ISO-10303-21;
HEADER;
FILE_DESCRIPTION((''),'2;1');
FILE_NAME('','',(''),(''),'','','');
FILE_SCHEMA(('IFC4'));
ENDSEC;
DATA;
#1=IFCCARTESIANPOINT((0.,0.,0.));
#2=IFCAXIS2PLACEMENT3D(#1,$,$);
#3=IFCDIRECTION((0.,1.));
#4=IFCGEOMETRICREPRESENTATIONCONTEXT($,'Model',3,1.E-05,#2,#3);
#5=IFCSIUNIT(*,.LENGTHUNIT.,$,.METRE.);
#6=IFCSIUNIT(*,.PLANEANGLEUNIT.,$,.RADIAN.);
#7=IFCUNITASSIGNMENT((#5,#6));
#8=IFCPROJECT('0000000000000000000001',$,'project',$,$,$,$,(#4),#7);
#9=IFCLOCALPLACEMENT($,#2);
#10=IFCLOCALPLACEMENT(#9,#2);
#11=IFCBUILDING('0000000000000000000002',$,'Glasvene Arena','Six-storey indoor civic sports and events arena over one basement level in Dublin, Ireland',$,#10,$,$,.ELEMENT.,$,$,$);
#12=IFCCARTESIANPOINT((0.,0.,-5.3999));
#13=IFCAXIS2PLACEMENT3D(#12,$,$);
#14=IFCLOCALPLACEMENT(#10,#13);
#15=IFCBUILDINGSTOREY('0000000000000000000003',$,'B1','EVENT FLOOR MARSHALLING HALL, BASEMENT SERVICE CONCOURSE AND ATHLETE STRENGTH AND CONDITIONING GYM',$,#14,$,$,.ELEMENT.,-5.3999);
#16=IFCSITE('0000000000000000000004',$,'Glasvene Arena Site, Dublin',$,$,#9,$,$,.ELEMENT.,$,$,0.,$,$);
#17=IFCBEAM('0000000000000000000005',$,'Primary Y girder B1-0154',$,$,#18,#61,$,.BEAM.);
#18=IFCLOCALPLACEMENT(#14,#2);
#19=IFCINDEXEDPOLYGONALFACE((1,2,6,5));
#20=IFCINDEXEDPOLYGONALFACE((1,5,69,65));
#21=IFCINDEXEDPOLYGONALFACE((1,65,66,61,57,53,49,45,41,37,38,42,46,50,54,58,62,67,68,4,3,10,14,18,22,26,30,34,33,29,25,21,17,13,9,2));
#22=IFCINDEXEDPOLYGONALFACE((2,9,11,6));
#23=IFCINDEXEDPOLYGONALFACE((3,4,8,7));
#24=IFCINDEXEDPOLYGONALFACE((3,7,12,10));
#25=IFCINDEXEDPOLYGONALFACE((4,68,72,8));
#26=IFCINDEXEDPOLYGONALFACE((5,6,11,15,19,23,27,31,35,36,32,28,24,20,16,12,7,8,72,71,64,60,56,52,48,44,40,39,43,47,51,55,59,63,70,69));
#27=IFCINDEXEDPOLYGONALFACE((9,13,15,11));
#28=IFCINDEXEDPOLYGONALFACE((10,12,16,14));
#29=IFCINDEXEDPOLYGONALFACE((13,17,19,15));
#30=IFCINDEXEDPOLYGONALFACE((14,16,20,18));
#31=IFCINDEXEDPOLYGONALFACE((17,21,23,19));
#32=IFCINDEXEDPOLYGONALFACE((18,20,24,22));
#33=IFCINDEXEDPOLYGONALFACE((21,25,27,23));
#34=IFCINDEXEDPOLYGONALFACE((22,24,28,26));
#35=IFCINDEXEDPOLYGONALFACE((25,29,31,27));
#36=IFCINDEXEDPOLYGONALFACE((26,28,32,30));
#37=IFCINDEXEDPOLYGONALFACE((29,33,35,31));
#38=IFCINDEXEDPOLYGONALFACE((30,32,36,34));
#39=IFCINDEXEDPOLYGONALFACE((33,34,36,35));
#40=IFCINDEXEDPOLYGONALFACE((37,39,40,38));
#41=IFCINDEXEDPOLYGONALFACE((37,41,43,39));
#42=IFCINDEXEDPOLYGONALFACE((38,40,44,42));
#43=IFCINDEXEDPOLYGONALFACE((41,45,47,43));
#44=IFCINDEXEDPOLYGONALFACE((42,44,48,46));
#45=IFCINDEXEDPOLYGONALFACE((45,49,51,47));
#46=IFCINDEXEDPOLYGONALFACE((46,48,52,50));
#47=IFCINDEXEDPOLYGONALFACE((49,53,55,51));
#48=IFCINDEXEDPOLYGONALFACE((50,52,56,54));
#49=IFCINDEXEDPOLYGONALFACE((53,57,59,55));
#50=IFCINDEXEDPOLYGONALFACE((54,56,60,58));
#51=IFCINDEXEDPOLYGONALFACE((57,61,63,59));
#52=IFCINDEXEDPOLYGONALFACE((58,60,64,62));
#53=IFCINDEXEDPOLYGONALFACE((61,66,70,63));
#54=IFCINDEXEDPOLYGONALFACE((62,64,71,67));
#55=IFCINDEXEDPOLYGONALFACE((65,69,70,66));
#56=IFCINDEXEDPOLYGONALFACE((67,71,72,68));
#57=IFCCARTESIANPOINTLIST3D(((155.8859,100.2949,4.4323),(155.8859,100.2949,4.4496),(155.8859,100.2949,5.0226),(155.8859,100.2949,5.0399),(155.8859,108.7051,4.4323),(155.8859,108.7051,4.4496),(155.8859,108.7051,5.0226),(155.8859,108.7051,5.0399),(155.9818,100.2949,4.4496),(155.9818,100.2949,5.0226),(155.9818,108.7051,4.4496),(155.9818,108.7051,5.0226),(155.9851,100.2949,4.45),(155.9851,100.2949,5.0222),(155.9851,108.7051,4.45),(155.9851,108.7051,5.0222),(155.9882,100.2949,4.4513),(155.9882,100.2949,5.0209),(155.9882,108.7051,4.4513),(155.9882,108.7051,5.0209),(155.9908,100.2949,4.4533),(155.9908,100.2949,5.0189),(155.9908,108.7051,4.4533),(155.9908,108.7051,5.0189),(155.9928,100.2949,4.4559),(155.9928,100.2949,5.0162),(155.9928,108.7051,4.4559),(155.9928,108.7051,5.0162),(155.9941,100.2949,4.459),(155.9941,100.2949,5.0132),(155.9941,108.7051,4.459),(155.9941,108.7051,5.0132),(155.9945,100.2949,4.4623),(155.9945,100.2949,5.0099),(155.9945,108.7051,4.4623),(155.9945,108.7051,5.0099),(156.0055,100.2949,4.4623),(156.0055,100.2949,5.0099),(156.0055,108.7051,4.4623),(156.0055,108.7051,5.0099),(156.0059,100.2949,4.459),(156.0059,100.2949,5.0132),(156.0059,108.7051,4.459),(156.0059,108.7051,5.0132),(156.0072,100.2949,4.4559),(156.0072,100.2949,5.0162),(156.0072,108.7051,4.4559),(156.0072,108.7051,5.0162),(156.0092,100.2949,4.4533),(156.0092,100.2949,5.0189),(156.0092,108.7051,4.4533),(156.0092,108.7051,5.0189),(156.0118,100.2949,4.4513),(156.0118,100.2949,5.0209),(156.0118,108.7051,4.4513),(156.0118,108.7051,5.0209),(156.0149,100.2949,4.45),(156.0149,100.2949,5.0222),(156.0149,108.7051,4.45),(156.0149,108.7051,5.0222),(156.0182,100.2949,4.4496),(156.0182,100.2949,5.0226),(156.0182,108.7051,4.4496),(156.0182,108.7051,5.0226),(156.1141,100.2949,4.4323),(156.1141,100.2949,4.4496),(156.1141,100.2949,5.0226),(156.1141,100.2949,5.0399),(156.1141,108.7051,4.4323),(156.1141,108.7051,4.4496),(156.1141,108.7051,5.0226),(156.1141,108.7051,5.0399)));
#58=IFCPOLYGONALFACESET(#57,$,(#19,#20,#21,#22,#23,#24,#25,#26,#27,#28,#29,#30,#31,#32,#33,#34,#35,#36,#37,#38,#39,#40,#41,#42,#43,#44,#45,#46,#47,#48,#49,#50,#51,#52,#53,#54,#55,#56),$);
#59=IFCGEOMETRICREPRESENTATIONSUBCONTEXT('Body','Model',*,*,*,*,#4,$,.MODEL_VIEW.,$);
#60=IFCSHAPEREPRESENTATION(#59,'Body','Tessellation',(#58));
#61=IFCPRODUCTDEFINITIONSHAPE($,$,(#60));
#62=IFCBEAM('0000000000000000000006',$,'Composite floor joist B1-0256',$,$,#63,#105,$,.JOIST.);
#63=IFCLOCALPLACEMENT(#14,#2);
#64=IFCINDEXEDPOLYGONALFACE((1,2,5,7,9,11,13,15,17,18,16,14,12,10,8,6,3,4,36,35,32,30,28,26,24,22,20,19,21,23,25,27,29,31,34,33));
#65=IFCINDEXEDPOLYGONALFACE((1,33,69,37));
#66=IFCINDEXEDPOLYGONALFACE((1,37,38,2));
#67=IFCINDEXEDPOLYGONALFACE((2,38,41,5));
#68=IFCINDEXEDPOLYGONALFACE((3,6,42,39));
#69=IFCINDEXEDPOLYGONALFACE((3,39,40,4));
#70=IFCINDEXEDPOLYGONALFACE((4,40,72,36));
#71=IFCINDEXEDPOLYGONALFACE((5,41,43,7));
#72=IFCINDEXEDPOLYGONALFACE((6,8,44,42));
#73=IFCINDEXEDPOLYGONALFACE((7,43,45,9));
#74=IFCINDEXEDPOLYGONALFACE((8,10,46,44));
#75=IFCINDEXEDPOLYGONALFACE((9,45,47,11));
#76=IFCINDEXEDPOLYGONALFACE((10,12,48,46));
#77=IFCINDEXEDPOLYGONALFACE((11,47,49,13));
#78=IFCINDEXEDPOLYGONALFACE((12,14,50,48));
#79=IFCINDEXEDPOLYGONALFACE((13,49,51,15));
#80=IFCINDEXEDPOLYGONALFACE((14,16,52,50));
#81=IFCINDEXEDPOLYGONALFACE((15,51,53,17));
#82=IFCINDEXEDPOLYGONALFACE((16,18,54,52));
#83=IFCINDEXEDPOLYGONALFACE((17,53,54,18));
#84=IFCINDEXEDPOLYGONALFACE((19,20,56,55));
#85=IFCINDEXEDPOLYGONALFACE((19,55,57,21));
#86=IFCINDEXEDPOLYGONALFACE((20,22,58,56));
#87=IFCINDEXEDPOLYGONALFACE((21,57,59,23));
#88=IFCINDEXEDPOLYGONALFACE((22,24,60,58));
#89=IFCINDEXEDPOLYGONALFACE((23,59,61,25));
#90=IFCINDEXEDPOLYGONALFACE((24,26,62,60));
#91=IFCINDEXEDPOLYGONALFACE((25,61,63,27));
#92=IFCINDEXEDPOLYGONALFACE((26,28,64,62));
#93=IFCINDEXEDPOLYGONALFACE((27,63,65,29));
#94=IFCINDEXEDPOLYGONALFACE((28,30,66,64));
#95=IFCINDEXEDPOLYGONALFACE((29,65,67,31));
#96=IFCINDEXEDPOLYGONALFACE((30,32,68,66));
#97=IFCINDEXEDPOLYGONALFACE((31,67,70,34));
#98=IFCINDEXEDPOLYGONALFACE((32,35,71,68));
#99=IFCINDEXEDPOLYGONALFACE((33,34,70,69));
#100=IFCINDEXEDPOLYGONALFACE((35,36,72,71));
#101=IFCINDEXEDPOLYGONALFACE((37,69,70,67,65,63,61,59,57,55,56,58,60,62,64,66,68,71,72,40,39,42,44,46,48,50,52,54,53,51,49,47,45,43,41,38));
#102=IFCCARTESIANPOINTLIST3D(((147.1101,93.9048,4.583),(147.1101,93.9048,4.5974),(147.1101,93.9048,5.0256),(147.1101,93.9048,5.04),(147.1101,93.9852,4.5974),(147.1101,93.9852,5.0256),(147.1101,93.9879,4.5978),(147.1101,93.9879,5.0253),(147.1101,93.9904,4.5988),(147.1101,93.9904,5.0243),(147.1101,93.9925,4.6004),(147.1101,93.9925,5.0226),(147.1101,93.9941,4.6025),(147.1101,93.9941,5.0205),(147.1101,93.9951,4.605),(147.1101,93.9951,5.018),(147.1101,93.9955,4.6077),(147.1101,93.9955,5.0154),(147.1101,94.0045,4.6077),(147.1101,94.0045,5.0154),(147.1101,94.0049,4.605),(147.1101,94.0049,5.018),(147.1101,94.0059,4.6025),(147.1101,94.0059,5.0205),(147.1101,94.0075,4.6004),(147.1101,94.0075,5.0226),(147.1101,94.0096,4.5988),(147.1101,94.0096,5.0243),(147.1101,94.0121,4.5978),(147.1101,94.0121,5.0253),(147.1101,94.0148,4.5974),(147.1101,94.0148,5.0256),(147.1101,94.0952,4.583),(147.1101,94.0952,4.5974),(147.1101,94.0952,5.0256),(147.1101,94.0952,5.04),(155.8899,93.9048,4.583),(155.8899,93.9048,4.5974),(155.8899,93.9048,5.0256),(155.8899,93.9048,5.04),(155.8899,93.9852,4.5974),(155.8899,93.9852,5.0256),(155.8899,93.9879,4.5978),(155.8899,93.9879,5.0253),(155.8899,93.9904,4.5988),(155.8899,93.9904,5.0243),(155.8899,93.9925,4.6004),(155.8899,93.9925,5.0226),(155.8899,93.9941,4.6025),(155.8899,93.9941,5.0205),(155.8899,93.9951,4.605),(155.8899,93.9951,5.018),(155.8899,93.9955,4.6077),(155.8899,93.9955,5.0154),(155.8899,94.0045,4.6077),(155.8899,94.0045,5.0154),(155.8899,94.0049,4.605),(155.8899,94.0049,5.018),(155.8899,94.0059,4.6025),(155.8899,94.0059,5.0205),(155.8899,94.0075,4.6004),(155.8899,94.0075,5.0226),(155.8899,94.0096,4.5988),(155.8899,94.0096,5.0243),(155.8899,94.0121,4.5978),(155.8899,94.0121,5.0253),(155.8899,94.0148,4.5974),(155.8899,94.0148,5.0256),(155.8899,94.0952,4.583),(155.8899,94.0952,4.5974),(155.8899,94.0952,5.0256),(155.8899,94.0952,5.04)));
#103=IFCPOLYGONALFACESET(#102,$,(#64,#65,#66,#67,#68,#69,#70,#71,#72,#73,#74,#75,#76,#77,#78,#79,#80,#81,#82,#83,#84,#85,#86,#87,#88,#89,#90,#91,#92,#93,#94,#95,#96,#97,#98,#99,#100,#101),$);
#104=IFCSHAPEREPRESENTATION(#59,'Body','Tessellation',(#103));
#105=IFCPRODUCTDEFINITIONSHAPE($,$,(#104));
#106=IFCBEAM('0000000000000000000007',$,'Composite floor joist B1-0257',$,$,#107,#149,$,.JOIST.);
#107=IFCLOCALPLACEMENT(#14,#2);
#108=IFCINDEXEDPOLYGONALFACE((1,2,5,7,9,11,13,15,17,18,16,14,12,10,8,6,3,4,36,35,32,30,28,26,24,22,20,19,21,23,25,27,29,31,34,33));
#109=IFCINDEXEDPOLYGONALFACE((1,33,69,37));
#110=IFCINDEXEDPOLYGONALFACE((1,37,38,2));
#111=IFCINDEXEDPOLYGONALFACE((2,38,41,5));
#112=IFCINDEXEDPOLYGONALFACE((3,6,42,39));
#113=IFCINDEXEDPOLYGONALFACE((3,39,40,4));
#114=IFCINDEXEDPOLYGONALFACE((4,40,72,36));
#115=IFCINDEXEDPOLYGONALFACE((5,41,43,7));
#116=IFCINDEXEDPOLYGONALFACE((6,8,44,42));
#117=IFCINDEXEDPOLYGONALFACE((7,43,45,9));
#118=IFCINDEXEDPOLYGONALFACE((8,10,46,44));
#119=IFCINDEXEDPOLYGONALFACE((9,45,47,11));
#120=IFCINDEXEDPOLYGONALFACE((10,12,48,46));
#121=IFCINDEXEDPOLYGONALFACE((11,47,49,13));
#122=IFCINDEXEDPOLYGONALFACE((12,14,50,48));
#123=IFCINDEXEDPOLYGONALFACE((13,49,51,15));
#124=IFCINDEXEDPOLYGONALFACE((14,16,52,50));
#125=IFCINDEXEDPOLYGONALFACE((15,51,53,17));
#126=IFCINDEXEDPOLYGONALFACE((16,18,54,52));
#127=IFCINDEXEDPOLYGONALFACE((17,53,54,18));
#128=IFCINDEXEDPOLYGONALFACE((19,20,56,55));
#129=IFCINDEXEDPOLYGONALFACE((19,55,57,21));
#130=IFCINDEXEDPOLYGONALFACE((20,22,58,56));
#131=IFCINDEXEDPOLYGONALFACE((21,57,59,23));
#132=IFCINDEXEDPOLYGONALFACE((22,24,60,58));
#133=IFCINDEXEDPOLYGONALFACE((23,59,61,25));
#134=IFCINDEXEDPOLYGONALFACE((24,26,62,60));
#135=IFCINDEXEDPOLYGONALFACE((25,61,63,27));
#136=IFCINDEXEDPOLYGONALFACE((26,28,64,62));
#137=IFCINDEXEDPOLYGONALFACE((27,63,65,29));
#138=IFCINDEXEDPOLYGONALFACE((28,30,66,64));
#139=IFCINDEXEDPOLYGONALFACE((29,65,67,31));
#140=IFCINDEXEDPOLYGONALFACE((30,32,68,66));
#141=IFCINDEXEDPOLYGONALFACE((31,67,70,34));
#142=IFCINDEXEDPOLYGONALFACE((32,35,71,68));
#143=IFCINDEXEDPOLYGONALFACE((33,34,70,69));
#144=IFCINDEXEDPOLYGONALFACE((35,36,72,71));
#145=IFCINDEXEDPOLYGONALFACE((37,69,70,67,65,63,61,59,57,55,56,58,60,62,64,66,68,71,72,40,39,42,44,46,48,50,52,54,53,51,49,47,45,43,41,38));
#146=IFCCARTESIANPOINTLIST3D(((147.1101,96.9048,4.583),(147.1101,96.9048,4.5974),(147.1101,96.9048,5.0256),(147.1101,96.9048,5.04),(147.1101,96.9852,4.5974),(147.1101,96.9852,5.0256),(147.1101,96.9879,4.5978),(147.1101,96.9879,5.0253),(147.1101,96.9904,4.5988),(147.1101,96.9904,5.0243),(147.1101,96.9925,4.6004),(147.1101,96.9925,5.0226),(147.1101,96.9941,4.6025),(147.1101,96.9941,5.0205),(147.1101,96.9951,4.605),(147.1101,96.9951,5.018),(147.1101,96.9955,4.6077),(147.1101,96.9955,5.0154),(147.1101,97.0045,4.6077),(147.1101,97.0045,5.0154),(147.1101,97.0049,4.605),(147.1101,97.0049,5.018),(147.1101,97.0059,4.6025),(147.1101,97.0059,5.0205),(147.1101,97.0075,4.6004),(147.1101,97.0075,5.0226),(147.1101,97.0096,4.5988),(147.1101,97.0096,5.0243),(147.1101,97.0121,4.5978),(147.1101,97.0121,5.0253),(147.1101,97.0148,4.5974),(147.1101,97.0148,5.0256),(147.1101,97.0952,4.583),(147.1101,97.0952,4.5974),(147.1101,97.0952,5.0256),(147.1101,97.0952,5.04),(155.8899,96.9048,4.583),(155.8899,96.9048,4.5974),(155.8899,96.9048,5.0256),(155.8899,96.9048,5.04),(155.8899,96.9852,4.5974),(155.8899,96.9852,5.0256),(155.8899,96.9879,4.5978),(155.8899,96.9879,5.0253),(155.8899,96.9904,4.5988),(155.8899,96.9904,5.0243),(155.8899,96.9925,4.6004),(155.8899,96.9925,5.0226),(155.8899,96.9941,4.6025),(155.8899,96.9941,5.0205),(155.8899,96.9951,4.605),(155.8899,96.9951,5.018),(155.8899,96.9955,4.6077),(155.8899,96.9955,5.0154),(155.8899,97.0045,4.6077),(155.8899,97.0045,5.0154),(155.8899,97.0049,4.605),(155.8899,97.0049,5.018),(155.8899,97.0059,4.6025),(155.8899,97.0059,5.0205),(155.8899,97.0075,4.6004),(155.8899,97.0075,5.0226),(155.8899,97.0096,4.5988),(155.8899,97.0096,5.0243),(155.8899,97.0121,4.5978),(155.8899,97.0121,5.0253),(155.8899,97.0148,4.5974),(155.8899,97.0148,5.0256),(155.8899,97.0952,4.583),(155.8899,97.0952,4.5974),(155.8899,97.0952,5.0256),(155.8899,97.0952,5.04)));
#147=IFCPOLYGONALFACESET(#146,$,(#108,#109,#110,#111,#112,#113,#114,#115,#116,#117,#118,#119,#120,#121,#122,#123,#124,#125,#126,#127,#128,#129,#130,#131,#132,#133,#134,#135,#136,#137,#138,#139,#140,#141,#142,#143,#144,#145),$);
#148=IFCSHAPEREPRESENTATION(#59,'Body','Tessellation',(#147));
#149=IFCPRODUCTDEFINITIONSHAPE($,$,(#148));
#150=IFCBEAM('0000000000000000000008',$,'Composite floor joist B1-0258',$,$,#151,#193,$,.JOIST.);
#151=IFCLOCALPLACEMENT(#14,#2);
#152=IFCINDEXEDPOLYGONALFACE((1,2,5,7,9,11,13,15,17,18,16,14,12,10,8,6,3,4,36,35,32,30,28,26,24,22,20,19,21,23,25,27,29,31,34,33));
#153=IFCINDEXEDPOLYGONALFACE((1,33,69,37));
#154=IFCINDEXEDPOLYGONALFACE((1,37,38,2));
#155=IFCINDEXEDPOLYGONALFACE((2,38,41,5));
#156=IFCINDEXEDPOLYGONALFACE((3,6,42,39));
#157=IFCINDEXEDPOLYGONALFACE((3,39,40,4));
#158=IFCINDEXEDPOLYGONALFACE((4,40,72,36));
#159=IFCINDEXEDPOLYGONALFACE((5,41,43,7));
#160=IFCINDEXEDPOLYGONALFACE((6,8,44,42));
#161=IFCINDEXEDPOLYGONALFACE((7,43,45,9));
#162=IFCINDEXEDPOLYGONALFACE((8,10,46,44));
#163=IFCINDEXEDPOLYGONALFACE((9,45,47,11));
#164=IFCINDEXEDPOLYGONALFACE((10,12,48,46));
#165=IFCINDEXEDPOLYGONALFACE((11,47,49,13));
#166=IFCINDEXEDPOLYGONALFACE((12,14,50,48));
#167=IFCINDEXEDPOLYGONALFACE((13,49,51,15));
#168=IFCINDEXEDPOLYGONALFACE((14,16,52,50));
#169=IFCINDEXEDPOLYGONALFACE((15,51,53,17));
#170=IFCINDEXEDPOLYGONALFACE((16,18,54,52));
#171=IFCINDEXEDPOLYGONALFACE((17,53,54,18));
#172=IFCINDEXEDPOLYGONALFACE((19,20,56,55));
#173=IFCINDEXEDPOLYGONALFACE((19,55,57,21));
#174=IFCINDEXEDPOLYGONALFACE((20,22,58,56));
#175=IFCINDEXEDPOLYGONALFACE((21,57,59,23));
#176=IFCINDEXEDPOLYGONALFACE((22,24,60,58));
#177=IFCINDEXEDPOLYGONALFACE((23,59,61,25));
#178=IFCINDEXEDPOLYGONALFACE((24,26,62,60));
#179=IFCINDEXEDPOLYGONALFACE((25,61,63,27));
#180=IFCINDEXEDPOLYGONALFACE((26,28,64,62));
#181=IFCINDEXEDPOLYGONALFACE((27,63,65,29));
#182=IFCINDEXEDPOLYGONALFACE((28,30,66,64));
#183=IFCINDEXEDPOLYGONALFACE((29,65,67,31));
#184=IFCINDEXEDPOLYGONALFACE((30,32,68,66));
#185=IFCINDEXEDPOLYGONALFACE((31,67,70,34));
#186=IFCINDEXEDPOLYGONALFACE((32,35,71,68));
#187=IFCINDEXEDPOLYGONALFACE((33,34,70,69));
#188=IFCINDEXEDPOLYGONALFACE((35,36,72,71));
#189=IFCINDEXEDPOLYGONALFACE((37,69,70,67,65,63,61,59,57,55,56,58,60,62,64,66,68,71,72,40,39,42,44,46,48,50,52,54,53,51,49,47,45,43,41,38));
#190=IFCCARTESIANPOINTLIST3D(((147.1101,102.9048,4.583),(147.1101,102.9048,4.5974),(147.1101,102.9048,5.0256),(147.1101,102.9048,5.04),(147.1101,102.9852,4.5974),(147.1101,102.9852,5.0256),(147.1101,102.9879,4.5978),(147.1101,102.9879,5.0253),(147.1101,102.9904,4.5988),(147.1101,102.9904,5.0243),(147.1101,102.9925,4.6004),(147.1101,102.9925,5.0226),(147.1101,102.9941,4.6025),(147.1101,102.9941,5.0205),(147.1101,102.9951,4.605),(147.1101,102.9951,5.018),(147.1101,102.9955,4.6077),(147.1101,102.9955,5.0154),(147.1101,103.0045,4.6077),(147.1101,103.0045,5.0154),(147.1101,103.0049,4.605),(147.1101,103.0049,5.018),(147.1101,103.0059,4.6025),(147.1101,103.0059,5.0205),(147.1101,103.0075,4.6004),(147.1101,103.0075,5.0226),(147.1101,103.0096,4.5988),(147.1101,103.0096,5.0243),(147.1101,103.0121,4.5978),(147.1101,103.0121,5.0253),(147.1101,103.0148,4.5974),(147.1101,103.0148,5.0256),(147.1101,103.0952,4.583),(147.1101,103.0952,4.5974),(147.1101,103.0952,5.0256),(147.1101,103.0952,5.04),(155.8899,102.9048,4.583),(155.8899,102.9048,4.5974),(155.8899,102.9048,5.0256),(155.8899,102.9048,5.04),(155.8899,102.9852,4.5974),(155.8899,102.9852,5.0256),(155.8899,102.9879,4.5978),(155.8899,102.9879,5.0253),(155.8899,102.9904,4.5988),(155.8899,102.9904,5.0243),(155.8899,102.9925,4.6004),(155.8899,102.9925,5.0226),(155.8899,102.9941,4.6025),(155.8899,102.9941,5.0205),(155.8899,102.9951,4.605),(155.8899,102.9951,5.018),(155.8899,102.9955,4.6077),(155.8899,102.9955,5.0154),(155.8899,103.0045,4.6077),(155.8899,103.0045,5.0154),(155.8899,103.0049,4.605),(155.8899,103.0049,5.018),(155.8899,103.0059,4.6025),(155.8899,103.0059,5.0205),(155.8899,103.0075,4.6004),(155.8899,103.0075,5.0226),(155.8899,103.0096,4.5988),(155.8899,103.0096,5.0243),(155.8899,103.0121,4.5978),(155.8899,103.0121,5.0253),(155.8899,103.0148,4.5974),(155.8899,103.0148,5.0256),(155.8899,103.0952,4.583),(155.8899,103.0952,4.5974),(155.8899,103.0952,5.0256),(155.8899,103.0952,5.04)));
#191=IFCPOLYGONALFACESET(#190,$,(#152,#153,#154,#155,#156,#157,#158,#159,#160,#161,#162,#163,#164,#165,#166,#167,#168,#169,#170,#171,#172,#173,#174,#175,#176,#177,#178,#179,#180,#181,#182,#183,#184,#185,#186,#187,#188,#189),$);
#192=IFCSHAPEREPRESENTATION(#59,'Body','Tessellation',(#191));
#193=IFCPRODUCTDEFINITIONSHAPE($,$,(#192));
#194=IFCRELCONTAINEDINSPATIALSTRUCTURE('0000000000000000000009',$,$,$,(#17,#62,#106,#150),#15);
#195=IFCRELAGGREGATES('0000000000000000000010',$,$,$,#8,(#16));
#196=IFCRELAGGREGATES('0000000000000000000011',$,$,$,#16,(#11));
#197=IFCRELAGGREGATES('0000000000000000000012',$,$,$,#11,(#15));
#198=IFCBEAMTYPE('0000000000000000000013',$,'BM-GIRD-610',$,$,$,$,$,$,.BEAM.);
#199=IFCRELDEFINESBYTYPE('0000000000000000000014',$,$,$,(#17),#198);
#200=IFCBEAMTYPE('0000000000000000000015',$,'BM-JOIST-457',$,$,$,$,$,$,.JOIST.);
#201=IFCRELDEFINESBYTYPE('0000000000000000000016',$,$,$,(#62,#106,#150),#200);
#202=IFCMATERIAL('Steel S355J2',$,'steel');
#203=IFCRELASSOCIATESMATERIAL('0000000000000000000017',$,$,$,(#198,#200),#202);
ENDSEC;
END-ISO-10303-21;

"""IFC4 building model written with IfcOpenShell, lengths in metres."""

from ifc_helpers import new_model, si_unit, direction, frame, origin, origin_2d, place, context, subcontext, project, spatial, i_section, extrude, material, material_profile, profile_set, type_object, element, save


model = new_model("IFC4")

# Units and contexts
model_context = context("Model", 3, precision=1e-05, world=origin(), true_north=direction((0.0, 1.0)))
body_context = subcontext(model_context, "Body", "Model", "MODEL_VIEW")
ifc_project = project(units=[si_unit("LENGTHUNIT", "METRE"), si_unit("PLANEANGLEUNIT", "RADIAN")], contexts=[model_context])

# Site, building, storey
site_placement = place(None, origin())
site = spatial("IfcSite", under=ifc_project, at=site_placement, Name="Glasvene Arena Site, Dublin", CompositionType="ELEMENT", RefElevation=0.0)
building_placement = place(site_placement, origin())
building = spatial("IfcBuilding", under=site, at=building_placement, Name="Glasvene Arena", Description="Six-storey indoor civic sports and events arena over one basement level in Dublin, Ireland", CompositionType="ELEMENT")
storey_placement = place(building_placement, frame((0.0, 0.0, -5.3999)))
storey = spatial("IfcBuildingStorey", under=building, at=storey_placement, Name="B1", Description="EVENT FLOOR MARSHALLING HALL, BASEMENT SERVICE CONCOURSE AND ATHLETE STRENGTH AND CONDITIONING GYM", CompositionType="ELEMENT", Elevation=-5.3999)

# Beams
ifc_material_1 = material(Name="Steel S355J2", Category="steel")
ifc_material_profile_1 = material_profile(ifc_material_1, i_section(OverallWidth=0.2283, OverallDepth=0.6077, WebThickness=0.011, FlangeThickness=0.0173, FilletRadius=0.0127, at=origin_2d()), Name="UKB 610x229x113")
ifc_profile_set_1 = profile_set([ifc_material_profile_1], Name="Steel S355J2")
beam_type_1 = type_object("IfcBeamType", Name="BM-GIRD-610", PredefinedType="BEAM", material=ifc_profile_set_1)
for number, where, z_axis, x_axis, name in (
    (1, (156.0, 100.2949, 4.7361), (0.0, 1.0, 0.0), (-1.0, 0.0, 0.0), "Primary Y girder B1-0154"),
):
    element("IfcBeam", number, at=place(storey_placement, frame(where, z_axis=z_axis, x_axis=x_axis)), inside=storey, type_object=beam_type_1, Name=name, PredefinedType="BEAM", context=body_context, shape_type="SweptSolid", body=[
        extrude(i_section(OverallWidth=0.2283, OverallDepth=0.6077, WebThickness=0.011, FlangeThickness=0.0173, FilletRadius=0.0127, at=origin_2d()), origin(), (0.0, 0.0, 1.0), 8.4102),
    ])
ifc_material_profile_2 = material_profile(ifc_material_1, i_section(OverallWidth=0.1904, OverallDepth=0.457, WebThickness=0.009, FlangeThickness=0.0144, FilletRadius=0.0103, at=origin_2d()), Name="UKB 457x191x74")
ifc_profile_set_2 = profile_set([ifc_material_profile_2], Name="Steel S355J2")
beam_type_2 = type_object("IfcBeamType", Name="BM-JOIST-457", PredefinedType="JOIST", material=ifc_profile_set_2)
for number, where, z_axis, x_axis, name in (
    (2, (147.1101, 94.0, 4.8115), (1.0, 0.0, 0.0), (0.0, 1.0, 0.0), "Composite floor joist B1-0256"),
    (3, (147.1101, 97.0, 4.8115), (1.0, 0.0, 0.0), (0.0, 1.0, 0.0), "Composite floor joist B1-0257"),
    (4, (147.1101, 103.0, 4.8115), (1.0, 0.0, 0.0), (0.0, 1.0, 0.0), "Composite floor joist B1-0258"),
):
    element("IfcBeam", number, at=place(storey_placement, frame(where, z_axis=z_axis, x_axis=x_axis)), inside=storey, type_object=beam_type_2, Name=name, PredefinedType="JOIST", context=body_context, shape_type="SweptSolid", body=[
        extrude(i_section(OverallWidth=0.1904, OverallDepth=0.457, WebThickness=0.009, FlangeThickness=0.0144, FilletRadius=0.0103, at=origin_2d()), origin(), (0.0, 0.0, 1.0), 8.7798),
    ])

save(model, "model.ifc")
